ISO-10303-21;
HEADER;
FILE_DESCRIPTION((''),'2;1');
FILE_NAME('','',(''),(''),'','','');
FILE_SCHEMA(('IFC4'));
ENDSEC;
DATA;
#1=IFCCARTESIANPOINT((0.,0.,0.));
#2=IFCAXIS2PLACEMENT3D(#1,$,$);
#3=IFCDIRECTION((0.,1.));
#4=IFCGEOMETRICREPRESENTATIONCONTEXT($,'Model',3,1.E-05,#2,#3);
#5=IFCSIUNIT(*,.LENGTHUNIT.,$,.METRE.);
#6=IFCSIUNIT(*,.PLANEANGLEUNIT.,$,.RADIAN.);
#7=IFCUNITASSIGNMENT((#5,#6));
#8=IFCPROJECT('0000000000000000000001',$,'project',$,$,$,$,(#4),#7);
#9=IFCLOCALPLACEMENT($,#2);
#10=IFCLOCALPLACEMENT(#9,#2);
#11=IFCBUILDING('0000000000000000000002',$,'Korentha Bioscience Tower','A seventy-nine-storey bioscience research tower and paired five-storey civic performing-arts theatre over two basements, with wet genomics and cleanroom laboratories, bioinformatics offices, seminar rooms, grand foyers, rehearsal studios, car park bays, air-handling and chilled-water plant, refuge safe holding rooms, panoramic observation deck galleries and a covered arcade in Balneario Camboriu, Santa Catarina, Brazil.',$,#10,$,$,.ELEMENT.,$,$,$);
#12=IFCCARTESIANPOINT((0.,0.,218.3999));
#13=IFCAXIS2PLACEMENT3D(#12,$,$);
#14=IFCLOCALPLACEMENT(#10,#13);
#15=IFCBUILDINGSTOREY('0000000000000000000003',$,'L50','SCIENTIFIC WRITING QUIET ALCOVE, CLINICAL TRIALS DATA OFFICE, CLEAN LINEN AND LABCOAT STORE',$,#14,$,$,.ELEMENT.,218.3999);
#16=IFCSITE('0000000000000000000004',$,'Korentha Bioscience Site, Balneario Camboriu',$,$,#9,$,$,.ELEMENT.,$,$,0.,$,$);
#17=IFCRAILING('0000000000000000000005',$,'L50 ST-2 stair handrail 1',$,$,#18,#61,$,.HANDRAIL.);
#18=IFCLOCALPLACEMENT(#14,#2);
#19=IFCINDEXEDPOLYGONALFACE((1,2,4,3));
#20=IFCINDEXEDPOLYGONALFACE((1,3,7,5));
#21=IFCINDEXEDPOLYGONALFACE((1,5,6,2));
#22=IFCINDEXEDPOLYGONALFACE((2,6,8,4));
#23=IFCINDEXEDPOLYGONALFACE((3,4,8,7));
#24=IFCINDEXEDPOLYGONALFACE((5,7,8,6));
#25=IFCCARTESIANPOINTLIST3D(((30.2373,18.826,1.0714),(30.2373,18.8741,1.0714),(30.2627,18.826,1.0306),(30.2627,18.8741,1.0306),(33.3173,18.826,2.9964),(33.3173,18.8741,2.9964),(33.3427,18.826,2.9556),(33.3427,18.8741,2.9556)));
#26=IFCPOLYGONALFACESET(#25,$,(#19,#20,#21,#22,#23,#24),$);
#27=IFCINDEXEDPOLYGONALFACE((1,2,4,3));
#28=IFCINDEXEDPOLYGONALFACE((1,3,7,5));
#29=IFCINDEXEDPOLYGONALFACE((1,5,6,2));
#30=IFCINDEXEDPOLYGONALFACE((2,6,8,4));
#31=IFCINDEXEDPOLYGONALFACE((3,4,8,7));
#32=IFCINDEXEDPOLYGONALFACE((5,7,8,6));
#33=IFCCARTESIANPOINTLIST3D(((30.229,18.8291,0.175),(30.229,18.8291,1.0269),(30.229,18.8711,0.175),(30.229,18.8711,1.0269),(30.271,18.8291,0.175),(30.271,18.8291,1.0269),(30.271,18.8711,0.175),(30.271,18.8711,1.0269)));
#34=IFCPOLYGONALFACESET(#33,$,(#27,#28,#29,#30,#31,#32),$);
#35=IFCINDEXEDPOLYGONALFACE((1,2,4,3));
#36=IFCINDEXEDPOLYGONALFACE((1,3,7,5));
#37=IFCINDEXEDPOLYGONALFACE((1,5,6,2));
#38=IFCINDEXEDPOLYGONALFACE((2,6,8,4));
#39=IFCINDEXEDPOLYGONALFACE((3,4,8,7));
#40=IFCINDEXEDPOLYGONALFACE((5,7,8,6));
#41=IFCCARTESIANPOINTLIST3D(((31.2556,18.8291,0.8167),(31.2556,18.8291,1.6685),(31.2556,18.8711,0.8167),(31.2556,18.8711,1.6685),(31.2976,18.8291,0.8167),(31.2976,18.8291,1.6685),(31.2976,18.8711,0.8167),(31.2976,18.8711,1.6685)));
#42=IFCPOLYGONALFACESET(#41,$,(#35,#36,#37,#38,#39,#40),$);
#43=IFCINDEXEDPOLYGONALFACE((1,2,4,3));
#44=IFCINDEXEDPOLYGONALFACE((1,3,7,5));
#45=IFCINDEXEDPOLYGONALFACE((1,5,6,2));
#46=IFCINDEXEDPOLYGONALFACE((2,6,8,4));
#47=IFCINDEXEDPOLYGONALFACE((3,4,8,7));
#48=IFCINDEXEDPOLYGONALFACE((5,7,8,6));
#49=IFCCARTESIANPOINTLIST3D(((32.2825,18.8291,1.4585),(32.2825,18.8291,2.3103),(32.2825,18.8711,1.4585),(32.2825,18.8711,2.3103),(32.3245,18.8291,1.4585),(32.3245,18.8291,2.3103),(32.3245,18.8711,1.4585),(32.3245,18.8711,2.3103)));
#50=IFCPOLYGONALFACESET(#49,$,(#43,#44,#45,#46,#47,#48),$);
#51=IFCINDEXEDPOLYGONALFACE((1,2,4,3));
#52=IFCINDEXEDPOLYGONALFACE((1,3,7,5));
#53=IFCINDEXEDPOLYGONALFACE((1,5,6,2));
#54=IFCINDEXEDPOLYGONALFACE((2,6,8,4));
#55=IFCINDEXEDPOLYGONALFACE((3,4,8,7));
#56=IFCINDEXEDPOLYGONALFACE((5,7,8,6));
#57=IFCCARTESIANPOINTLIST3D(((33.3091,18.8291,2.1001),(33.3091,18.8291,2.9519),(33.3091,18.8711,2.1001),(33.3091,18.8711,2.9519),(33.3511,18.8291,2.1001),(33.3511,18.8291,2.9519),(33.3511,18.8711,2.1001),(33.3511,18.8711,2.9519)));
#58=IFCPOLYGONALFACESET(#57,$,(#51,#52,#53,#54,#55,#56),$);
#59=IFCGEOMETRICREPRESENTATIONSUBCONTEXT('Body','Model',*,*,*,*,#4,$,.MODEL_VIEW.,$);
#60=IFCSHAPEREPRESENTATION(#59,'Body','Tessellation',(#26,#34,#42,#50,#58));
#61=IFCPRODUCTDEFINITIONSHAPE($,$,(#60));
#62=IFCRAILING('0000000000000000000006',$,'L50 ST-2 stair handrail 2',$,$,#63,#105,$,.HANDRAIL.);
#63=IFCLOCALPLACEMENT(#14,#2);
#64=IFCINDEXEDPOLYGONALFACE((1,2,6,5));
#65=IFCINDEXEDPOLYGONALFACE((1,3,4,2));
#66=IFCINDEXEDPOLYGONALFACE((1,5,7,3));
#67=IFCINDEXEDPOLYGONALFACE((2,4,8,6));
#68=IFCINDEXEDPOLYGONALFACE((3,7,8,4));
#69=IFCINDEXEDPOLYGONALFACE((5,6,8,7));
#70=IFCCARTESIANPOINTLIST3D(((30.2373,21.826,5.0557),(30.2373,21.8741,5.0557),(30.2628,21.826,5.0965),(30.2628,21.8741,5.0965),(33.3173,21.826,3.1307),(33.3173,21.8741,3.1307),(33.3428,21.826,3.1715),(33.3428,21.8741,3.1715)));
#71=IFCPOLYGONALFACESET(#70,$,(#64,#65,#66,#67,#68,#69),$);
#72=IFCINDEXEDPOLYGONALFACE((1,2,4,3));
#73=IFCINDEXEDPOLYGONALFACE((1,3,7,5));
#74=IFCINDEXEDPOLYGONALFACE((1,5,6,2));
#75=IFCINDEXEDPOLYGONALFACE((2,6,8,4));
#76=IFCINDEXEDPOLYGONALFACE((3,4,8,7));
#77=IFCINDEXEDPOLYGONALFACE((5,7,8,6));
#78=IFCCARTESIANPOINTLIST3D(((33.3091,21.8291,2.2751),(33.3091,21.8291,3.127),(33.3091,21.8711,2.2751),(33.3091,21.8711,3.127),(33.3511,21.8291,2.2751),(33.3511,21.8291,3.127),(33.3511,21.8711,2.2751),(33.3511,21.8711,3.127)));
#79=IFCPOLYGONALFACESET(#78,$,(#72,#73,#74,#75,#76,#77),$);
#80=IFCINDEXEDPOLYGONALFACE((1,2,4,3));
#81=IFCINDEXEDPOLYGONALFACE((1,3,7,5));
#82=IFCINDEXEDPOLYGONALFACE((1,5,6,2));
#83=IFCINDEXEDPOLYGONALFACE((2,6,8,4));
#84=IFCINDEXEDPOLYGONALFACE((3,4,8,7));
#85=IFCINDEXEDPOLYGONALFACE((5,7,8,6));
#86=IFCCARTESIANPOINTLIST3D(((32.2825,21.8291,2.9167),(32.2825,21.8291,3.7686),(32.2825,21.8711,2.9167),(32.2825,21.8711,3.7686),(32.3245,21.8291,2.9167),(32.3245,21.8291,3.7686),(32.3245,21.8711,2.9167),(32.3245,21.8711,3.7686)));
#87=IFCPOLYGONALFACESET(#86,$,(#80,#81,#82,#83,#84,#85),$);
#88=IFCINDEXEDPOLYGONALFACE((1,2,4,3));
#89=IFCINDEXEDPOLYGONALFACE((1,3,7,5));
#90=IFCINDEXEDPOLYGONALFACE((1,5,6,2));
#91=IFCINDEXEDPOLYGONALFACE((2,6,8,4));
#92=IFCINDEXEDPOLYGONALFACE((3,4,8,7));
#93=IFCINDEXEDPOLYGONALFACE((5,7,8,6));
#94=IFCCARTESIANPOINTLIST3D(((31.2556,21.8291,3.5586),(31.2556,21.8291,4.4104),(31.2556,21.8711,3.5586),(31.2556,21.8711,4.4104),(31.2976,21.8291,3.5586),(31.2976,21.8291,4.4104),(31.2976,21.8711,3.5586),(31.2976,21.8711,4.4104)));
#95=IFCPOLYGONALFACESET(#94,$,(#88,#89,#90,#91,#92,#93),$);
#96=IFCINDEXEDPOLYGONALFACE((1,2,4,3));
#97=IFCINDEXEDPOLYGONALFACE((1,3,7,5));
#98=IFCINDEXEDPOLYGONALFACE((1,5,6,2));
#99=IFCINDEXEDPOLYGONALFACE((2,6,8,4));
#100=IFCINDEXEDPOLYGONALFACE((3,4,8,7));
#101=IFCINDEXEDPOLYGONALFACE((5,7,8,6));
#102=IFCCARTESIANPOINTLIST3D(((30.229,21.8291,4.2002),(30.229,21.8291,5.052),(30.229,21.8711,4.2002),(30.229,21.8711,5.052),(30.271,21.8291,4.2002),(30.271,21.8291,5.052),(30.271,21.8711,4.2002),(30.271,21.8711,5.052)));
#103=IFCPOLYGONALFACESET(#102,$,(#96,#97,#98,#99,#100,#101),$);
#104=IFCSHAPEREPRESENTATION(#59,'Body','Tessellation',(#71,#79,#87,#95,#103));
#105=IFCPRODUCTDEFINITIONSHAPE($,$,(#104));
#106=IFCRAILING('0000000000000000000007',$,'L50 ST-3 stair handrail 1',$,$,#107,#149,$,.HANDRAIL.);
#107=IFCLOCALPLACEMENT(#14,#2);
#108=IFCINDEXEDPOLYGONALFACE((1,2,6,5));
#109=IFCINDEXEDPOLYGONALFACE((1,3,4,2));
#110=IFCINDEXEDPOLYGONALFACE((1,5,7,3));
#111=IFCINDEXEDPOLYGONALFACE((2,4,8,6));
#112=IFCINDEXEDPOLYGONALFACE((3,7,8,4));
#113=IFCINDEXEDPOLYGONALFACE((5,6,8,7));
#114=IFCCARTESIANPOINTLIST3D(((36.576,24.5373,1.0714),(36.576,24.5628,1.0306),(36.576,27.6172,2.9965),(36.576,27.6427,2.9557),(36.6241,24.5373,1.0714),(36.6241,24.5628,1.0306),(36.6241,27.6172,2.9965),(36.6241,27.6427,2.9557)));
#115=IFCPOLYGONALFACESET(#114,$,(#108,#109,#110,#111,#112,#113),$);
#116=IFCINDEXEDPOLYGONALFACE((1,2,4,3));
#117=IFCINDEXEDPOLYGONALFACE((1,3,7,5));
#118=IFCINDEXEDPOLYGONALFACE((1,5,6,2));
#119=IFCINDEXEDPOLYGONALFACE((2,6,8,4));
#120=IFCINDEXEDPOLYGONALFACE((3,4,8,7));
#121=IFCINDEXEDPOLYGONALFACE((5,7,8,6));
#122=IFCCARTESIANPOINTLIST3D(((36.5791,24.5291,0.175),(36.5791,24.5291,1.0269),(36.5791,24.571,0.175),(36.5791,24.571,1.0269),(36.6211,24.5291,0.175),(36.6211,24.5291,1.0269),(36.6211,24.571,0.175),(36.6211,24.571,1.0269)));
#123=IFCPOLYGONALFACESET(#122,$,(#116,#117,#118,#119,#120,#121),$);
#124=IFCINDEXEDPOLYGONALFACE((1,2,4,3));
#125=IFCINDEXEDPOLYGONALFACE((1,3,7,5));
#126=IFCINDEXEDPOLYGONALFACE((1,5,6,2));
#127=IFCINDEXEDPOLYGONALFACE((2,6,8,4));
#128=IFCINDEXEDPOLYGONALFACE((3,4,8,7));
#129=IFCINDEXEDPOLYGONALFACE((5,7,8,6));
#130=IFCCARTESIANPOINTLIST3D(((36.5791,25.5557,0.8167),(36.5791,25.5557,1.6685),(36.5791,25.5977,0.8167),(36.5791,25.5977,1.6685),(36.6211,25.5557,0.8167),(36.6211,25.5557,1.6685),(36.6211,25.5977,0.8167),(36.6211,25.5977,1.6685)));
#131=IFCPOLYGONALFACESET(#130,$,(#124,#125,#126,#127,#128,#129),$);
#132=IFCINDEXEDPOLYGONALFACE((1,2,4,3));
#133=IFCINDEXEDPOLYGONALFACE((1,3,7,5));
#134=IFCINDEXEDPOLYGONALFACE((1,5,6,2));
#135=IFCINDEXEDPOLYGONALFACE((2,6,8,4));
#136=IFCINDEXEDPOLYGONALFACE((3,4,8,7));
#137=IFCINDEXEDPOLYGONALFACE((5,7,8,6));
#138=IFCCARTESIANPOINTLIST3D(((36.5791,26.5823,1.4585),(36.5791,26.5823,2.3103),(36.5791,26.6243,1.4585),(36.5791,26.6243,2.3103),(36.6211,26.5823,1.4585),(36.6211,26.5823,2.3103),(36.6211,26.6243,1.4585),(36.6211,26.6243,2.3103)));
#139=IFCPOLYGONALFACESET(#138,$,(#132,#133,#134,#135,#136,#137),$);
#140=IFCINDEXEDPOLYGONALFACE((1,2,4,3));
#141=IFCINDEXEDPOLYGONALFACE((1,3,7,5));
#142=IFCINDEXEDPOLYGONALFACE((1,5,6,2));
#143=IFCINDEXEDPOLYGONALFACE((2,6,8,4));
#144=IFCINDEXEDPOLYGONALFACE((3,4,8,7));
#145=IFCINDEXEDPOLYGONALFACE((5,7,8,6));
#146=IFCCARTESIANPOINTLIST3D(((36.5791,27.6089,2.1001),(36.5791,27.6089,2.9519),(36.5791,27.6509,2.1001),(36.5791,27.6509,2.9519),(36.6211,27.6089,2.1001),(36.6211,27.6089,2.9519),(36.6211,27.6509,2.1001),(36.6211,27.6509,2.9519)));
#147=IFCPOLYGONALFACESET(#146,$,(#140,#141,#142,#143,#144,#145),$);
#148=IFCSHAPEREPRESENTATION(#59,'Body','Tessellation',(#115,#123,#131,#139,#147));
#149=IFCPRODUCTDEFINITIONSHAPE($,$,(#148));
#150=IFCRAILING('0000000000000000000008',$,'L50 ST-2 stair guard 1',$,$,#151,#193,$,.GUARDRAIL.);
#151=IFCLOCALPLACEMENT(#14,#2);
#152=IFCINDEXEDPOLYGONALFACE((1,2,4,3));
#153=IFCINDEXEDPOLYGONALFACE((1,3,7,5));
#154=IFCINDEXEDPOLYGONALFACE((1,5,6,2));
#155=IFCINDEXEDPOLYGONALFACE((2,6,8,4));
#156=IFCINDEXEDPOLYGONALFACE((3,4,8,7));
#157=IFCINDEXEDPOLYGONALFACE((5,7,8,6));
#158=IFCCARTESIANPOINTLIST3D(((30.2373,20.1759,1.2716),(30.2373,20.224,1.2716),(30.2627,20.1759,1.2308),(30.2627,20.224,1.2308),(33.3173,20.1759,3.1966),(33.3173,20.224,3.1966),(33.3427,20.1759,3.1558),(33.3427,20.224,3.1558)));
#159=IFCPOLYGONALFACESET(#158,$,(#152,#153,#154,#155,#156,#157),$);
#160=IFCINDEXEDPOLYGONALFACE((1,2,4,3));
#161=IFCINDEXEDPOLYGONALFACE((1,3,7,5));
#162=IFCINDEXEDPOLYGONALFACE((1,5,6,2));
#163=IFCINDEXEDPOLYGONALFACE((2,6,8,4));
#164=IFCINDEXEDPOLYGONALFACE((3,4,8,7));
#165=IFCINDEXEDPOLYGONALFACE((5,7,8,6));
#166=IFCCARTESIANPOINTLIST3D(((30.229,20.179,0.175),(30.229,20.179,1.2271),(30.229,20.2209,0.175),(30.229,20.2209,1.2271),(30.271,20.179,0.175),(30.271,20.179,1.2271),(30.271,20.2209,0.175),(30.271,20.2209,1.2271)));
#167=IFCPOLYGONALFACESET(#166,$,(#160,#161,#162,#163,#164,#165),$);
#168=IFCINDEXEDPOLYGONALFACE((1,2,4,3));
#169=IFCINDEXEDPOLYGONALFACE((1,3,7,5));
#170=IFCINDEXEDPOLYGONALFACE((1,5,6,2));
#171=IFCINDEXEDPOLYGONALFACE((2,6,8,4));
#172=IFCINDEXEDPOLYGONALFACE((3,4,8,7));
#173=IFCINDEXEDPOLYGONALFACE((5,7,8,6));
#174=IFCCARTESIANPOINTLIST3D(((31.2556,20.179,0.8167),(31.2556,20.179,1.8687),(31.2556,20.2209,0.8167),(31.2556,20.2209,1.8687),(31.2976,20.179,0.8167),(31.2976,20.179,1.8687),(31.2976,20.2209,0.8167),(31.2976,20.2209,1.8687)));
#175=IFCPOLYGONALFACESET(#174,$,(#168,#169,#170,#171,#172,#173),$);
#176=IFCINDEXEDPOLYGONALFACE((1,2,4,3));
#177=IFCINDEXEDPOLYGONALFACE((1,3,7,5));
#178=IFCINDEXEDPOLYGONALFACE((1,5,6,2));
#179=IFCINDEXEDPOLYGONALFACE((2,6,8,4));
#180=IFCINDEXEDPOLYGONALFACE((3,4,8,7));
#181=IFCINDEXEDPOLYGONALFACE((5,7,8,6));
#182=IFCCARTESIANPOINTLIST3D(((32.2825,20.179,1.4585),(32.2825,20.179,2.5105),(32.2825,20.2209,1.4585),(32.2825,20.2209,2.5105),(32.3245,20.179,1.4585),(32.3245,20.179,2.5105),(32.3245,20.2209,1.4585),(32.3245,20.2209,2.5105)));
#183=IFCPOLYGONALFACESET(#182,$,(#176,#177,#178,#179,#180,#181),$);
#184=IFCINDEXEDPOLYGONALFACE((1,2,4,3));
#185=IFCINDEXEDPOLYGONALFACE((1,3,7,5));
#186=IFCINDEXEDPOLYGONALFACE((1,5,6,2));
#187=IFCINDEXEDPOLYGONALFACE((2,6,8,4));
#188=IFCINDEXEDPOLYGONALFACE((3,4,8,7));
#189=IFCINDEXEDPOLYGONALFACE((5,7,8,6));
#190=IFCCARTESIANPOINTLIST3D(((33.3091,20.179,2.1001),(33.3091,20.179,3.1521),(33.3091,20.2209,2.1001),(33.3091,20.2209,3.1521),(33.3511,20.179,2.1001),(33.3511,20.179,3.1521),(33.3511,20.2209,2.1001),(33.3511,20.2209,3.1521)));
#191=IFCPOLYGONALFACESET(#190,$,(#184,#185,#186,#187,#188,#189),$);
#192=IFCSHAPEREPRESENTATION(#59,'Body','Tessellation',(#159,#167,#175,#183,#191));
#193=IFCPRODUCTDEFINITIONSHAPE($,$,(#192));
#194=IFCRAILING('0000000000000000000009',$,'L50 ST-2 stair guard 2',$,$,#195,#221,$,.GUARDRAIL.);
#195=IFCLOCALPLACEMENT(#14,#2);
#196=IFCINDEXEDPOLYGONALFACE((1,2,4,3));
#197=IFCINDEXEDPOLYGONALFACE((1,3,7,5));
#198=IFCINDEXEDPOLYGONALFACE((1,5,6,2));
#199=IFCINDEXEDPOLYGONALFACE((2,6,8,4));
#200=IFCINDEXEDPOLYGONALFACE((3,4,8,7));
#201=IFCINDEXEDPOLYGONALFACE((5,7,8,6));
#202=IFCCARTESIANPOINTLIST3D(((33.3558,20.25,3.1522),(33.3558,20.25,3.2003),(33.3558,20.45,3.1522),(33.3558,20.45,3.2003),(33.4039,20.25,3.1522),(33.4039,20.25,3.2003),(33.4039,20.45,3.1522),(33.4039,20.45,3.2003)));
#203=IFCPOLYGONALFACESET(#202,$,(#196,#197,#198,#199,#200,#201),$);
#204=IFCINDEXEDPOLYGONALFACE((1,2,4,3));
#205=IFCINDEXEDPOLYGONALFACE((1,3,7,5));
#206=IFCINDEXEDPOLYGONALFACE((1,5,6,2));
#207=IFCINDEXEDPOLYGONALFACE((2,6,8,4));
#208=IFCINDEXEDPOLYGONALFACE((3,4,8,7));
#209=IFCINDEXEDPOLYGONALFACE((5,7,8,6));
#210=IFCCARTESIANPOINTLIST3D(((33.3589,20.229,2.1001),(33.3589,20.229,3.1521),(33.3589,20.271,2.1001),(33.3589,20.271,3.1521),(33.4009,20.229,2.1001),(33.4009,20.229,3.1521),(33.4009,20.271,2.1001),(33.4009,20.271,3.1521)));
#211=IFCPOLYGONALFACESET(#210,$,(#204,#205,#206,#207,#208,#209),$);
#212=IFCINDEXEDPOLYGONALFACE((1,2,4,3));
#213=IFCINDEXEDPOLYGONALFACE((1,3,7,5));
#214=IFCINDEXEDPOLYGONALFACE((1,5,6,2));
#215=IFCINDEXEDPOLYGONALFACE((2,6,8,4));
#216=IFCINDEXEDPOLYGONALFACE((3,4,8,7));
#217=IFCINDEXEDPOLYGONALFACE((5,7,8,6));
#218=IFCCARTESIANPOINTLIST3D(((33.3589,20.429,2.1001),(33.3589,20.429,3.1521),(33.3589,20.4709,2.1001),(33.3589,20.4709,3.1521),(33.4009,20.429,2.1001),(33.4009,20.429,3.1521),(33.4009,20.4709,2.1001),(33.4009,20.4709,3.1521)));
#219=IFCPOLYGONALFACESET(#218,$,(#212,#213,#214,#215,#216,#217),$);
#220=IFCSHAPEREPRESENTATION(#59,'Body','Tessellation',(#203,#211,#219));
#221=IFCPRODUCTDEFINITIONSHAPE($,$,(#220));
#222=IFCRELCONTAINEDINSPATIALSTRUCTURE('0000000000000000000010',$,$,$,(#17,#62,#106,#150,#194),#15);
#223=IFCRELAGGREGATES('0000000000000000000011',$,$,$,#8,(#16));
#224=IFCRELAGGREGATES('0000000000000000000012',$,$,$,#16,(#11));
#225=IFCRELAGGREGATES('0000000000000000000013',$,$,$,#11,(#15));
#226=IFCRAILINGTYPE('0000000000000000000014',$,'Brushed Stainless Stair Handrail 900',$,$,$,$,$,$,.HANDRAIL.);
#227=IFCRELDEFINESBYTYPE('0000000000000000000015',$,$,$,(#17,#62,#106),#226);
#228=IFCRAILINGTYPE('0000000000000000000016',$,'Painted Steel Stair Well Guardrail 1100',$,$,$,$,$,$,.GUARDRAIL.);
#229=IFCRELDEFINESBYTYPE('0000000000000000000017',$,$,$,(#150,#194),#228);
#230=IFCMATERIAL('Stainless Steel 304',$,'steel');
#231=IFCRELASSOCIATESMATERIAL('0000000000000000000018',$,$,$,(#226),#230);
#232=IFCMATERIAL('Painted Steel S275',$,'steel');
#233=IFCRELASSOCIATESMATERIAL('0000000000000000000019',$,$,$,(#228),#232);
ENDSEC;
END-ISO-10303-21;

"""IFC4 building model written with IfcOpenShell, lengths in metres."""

from ifc_helpers import new_model, si_unit, direction, frame, origin, origin_2d, place, context, subcontext, project, spatial, rectangle, extrude, material, type_object, element, save


model = new_model("IFC4")

# Units and contexts
model_context = context("Model", 3, precision=1e-05, world=origin(), true_north=direction((0.0, 1.0)))
body_context = subcontext(model_context, "Body", "Model", "MODEL_VIEW")
ifc_project = project(units=[si_unit("LENGTHUNIT", "METRE"), si_unit("PLANEANGLEUNIT", "RADIAN")], contexts=[model_context])

# Site, building, storey
site_placement = place(None, origin())
site = spatial("IfcSite", under=ifc_project, at=site_placement, Name="Korentha Bioscience Site, Balneario Camboriu", CompositionType="ELEMENT", RefElevation=0.0)
building_placement = place(site_placement, origin())
building = spatial("IfcBuilding", under=site, at=building_placement, Name="Korentha Bioscience Tower", Description="A seventy-nine-storey bioscience research tower and paired five-storey civic performing-arts theatre over two basements, with wet genomics and cleanroom laboratories, bioinformatics offices, seminar rooms, grand foyers, rehearsal studios, car park bays, air-handling and chilled-water plant, refuge safe holding rooms, panoramic observation deck galleries and a covered arcade in Balneario Camboriu, Santa Catarina, Brazil.", CompositionType="ELEMENT")
storey_placement = place(building_placement, frame((0.0, 0.0, 218.3999)))
storey = spatial("IfcBuildingStorey", under=building, at=storey_placement, Name="L50", Description="SCIENTIFIC WRITING QUIET ALCOVE, CLINICAL TRIALS DATA OFFICE, CLEAN LINEN AND LABCOAT STORE", CompositionType="ELEMENT", Elevation=218.3999)

# Railings
ifc_material_1 = material(Name="Stainless Steel 304", Category="steel")
railing_type_1 = type_object("IfcRailingType", Name="Brushed Stainless Stair Handrail 900", PredefinedType="HANDRAIL", material=ifc_material_1)
railing_1_placement = place(storey_placement, frame((30.25, 18.8501, 0.175)))
element("IfcRailing", 1, at=railing_1_placement, inside=storey, type_object=railing_type_1, Name="L50 ST-2 stair handrail 1", PredefinedType="HANDRAIL", context=body_context, shape_type="SweptSolid", body=[
    extrude(rectangle(XDim=0.0481, YDim=0.0481, at=origin_2d()), frame((0.0, 0.0, 0.876), z_axis=(0.847998, 0.0, 0.529999), x_axis=(0.0, 1.0, 0.0)), (0.0, 0.0, 1.0), 3.6321),
    extrude(rectangle(XDim=0.042, YDim=0.042, at=origin_2d()), origin(), (0.0, 0.0, 1.0), 0.8518),
    extrude(rectangle(XDim=0.042, YDim=0.042, at=origin_2d()), frame((1.0266, 0.0, 0.6416)), (0.0, 0.0, 1.0), 0.8518),
    extrude(rectangle(XDim=0.042, YDim=0.042, at=origin_2d()), frame((2.0535, 0.0, 1.2834)), (0.0, 0.0, 1.0), 0.8518),
    extrude(rectangle(XDim=0.042, YDim=0.042, at=origin_2d()), frame((3.0801, 0.0, 1.925)), (0.0, 0.0, 1.0), 0.8518),
])
railing_2_placement = place(storey_placement, frame((33.3301, 21.8501, 2.2751)))
element("IfcRailing", 2, at=railing_2_placement, inside=storey, type_object=railing_type_1, Name="L50 ST-2 stair handrail 2", PredefinedType="HANDRAIL", context=body_context, shape_type="SweptSolid", body=[
    extrude(rectangle(XDim=0.0481, YDim=0.0481, at=origin_2d()), frame((0.0, 0.0, 0.876), z_axis=(-0.847998, 0.0, 0.529999), x_axis=(0.0, -1.0, 0.0)), (0.0, 0.0, 1.0), 3.6321),
    extrude(rectangle(XDim=0.042, YDim=0.042, at=origin_2d()), origin(), (0.0, 0.0, 1.0), 0.8518),
    extrude(rectangle(XDim=0.042, YDim=0.042, at=origin_2d()), frame((-1.0266, 0.0, 0.6416)), (0.0, 0.0, 1.0), 0.8518),
    extrude(rectangle(XDim=0.042, YDim=0.042, at=origin_2d()), frame((-2.0535, 0.0, 1.2834)), (0.0, 0.0, 1.0), 0.8518),
    extrude(rectangle(XDim=0.042, YDim=0.042, at=origin_2d()), frame((-3.0801, 0.0, 1.925)), (0.0, 0.0, 1.0), 0.8518),
])
railing_3_placement = place(storey_placement, frame((36.6001, 24.55, 0.175)))
element("IfcRailing", 3, at=railing_3_placement, inside=storey, type_object=railing_type_1, Name="L50 ST-3 stair handrail 1", PredefinedType="HANDRAIL", context=body_context, shape_type="SweptSolid", body=[
    extrude(rectangle(XDim=0.0481, YDim=0.0481, at=origin_2d()), frame((0.0, 0.0, 0.876), z_axis=(0.0, 0.847979, 0.530029), x_axis=(-1.0, 0.0, 0.0)), (0.0, 0.0, 1.0), 3.6321),
    extrude(rectangle(XDim=0.042, YDim=0.042, at=origin_2d()), origin(), (0.0, 0.0, 1.0), 0.8518),
    extrude(rectangle(XDim=0.042, YDim=0.042, at=origin_2d()), frame((0.0, 1.0266, 0.6416)), (0.0, 0.0, 1.0), 0.8518),
    extrude(rectangle(XDim=0.042, YDim=0.042, at=origin_2d()), frame((0.0, 2.0532, 1.2834)), (0.0, 0.0, 1.0), 0.8518),
    extrude(rectangle(XDim=0.042, YDim=0.042, at=origin_2d()), frame((0.0, 3.0798, 1.925)), (0.0, 0.0, 1.0), 0.8518),
])
ifc_material_2 = material(Name="Painted Steel S275", Category="steel")
railing_type_2 = type_object("IfcRailingType", Name="Painted Steel Stair Well Guardrail 1100", PredefinedType="GUARDRAIL", material=ifc_material_2)
railing_4_placement = place(storey_placement, frame((30.25, 20.2, 0.175)))
element("IfcRailing", 4, at=railing_4_placement, inside=storey, type_object=railing_type_2, Name="L50 ST-2 stair guard 1", PredefinedType="GUARDRAIL", context=body_context, shape_type="SweptSolid", body=[
    extrude(rectangle(XDim=0.0481, YDim=0.0481, at=origin_2d()), frame((0.0, 0.0, 1.0762), z_axis=(0.847998, 0.0, 0.529999), x_axis=(0.0, 1.0, 0.0)), (0.0, 0.0, 1.0), 3.6321),
    extrude(rectangle(XDim=0.042, YDim=0.042, at=origin_2d()), origin(), (0.0, 0.0, 1.0), 1.052),
    extrude(rectangle(XDim=0.042, YDim=0.042, at=origin_2d()), frame((1.0266, 0.0, 0.6416)), (0.0, 0.0, 1.0), 1.052),
    extrude(rectangle(XDim=0.042, YDim=0.042, at=origin_2d()), frame((2.0535, 0.0, 1.2834)), (0.0, 0.0, 1.0), 1.052),
    extrude(rectangle(XDim=0.042, YDim=0.042, at=origin_2d()), frame((3.0801, 0.0, 1.925)), (0.0, 0.0, 1.0), 1.052),
])
railing_5_placement = place(storey_placement, frame((33.3799, 20.25, 2.1001)))
element("IfcRailing", 5, at=railing_5_placement, inside=storey, type_object=railing_type_2, Name="L50 ST-2 stair guard 2", PredefinedType="GUARDRAIL", context=body_context, shape_type="SweptSolid", body=[
    extrude(rectangle(XDim=0.0481, YDim=0.0481, at=origin_2d()), frame((0.0, 0.0, 1.0762), z_axis=(0.0, 1.0, 0.0), x_axis=(-1.0, 0.0, 0.0)), (0.0, 0.0, 1.0), 0.2),
    extrude(rectangle(XDim=0.042, YDim=0.042, at=origin_2d()), origin(), (0.0, 0.0, 1.0), 1.052),
    extrude(rectangle(XDim=0.042, YDim=0.042, at=origin_2d()), frame((0.0, 0.2, 0.0)), (0.0, 0.0, 1.0), 1.052),
])

save(model, "model.ifc")
